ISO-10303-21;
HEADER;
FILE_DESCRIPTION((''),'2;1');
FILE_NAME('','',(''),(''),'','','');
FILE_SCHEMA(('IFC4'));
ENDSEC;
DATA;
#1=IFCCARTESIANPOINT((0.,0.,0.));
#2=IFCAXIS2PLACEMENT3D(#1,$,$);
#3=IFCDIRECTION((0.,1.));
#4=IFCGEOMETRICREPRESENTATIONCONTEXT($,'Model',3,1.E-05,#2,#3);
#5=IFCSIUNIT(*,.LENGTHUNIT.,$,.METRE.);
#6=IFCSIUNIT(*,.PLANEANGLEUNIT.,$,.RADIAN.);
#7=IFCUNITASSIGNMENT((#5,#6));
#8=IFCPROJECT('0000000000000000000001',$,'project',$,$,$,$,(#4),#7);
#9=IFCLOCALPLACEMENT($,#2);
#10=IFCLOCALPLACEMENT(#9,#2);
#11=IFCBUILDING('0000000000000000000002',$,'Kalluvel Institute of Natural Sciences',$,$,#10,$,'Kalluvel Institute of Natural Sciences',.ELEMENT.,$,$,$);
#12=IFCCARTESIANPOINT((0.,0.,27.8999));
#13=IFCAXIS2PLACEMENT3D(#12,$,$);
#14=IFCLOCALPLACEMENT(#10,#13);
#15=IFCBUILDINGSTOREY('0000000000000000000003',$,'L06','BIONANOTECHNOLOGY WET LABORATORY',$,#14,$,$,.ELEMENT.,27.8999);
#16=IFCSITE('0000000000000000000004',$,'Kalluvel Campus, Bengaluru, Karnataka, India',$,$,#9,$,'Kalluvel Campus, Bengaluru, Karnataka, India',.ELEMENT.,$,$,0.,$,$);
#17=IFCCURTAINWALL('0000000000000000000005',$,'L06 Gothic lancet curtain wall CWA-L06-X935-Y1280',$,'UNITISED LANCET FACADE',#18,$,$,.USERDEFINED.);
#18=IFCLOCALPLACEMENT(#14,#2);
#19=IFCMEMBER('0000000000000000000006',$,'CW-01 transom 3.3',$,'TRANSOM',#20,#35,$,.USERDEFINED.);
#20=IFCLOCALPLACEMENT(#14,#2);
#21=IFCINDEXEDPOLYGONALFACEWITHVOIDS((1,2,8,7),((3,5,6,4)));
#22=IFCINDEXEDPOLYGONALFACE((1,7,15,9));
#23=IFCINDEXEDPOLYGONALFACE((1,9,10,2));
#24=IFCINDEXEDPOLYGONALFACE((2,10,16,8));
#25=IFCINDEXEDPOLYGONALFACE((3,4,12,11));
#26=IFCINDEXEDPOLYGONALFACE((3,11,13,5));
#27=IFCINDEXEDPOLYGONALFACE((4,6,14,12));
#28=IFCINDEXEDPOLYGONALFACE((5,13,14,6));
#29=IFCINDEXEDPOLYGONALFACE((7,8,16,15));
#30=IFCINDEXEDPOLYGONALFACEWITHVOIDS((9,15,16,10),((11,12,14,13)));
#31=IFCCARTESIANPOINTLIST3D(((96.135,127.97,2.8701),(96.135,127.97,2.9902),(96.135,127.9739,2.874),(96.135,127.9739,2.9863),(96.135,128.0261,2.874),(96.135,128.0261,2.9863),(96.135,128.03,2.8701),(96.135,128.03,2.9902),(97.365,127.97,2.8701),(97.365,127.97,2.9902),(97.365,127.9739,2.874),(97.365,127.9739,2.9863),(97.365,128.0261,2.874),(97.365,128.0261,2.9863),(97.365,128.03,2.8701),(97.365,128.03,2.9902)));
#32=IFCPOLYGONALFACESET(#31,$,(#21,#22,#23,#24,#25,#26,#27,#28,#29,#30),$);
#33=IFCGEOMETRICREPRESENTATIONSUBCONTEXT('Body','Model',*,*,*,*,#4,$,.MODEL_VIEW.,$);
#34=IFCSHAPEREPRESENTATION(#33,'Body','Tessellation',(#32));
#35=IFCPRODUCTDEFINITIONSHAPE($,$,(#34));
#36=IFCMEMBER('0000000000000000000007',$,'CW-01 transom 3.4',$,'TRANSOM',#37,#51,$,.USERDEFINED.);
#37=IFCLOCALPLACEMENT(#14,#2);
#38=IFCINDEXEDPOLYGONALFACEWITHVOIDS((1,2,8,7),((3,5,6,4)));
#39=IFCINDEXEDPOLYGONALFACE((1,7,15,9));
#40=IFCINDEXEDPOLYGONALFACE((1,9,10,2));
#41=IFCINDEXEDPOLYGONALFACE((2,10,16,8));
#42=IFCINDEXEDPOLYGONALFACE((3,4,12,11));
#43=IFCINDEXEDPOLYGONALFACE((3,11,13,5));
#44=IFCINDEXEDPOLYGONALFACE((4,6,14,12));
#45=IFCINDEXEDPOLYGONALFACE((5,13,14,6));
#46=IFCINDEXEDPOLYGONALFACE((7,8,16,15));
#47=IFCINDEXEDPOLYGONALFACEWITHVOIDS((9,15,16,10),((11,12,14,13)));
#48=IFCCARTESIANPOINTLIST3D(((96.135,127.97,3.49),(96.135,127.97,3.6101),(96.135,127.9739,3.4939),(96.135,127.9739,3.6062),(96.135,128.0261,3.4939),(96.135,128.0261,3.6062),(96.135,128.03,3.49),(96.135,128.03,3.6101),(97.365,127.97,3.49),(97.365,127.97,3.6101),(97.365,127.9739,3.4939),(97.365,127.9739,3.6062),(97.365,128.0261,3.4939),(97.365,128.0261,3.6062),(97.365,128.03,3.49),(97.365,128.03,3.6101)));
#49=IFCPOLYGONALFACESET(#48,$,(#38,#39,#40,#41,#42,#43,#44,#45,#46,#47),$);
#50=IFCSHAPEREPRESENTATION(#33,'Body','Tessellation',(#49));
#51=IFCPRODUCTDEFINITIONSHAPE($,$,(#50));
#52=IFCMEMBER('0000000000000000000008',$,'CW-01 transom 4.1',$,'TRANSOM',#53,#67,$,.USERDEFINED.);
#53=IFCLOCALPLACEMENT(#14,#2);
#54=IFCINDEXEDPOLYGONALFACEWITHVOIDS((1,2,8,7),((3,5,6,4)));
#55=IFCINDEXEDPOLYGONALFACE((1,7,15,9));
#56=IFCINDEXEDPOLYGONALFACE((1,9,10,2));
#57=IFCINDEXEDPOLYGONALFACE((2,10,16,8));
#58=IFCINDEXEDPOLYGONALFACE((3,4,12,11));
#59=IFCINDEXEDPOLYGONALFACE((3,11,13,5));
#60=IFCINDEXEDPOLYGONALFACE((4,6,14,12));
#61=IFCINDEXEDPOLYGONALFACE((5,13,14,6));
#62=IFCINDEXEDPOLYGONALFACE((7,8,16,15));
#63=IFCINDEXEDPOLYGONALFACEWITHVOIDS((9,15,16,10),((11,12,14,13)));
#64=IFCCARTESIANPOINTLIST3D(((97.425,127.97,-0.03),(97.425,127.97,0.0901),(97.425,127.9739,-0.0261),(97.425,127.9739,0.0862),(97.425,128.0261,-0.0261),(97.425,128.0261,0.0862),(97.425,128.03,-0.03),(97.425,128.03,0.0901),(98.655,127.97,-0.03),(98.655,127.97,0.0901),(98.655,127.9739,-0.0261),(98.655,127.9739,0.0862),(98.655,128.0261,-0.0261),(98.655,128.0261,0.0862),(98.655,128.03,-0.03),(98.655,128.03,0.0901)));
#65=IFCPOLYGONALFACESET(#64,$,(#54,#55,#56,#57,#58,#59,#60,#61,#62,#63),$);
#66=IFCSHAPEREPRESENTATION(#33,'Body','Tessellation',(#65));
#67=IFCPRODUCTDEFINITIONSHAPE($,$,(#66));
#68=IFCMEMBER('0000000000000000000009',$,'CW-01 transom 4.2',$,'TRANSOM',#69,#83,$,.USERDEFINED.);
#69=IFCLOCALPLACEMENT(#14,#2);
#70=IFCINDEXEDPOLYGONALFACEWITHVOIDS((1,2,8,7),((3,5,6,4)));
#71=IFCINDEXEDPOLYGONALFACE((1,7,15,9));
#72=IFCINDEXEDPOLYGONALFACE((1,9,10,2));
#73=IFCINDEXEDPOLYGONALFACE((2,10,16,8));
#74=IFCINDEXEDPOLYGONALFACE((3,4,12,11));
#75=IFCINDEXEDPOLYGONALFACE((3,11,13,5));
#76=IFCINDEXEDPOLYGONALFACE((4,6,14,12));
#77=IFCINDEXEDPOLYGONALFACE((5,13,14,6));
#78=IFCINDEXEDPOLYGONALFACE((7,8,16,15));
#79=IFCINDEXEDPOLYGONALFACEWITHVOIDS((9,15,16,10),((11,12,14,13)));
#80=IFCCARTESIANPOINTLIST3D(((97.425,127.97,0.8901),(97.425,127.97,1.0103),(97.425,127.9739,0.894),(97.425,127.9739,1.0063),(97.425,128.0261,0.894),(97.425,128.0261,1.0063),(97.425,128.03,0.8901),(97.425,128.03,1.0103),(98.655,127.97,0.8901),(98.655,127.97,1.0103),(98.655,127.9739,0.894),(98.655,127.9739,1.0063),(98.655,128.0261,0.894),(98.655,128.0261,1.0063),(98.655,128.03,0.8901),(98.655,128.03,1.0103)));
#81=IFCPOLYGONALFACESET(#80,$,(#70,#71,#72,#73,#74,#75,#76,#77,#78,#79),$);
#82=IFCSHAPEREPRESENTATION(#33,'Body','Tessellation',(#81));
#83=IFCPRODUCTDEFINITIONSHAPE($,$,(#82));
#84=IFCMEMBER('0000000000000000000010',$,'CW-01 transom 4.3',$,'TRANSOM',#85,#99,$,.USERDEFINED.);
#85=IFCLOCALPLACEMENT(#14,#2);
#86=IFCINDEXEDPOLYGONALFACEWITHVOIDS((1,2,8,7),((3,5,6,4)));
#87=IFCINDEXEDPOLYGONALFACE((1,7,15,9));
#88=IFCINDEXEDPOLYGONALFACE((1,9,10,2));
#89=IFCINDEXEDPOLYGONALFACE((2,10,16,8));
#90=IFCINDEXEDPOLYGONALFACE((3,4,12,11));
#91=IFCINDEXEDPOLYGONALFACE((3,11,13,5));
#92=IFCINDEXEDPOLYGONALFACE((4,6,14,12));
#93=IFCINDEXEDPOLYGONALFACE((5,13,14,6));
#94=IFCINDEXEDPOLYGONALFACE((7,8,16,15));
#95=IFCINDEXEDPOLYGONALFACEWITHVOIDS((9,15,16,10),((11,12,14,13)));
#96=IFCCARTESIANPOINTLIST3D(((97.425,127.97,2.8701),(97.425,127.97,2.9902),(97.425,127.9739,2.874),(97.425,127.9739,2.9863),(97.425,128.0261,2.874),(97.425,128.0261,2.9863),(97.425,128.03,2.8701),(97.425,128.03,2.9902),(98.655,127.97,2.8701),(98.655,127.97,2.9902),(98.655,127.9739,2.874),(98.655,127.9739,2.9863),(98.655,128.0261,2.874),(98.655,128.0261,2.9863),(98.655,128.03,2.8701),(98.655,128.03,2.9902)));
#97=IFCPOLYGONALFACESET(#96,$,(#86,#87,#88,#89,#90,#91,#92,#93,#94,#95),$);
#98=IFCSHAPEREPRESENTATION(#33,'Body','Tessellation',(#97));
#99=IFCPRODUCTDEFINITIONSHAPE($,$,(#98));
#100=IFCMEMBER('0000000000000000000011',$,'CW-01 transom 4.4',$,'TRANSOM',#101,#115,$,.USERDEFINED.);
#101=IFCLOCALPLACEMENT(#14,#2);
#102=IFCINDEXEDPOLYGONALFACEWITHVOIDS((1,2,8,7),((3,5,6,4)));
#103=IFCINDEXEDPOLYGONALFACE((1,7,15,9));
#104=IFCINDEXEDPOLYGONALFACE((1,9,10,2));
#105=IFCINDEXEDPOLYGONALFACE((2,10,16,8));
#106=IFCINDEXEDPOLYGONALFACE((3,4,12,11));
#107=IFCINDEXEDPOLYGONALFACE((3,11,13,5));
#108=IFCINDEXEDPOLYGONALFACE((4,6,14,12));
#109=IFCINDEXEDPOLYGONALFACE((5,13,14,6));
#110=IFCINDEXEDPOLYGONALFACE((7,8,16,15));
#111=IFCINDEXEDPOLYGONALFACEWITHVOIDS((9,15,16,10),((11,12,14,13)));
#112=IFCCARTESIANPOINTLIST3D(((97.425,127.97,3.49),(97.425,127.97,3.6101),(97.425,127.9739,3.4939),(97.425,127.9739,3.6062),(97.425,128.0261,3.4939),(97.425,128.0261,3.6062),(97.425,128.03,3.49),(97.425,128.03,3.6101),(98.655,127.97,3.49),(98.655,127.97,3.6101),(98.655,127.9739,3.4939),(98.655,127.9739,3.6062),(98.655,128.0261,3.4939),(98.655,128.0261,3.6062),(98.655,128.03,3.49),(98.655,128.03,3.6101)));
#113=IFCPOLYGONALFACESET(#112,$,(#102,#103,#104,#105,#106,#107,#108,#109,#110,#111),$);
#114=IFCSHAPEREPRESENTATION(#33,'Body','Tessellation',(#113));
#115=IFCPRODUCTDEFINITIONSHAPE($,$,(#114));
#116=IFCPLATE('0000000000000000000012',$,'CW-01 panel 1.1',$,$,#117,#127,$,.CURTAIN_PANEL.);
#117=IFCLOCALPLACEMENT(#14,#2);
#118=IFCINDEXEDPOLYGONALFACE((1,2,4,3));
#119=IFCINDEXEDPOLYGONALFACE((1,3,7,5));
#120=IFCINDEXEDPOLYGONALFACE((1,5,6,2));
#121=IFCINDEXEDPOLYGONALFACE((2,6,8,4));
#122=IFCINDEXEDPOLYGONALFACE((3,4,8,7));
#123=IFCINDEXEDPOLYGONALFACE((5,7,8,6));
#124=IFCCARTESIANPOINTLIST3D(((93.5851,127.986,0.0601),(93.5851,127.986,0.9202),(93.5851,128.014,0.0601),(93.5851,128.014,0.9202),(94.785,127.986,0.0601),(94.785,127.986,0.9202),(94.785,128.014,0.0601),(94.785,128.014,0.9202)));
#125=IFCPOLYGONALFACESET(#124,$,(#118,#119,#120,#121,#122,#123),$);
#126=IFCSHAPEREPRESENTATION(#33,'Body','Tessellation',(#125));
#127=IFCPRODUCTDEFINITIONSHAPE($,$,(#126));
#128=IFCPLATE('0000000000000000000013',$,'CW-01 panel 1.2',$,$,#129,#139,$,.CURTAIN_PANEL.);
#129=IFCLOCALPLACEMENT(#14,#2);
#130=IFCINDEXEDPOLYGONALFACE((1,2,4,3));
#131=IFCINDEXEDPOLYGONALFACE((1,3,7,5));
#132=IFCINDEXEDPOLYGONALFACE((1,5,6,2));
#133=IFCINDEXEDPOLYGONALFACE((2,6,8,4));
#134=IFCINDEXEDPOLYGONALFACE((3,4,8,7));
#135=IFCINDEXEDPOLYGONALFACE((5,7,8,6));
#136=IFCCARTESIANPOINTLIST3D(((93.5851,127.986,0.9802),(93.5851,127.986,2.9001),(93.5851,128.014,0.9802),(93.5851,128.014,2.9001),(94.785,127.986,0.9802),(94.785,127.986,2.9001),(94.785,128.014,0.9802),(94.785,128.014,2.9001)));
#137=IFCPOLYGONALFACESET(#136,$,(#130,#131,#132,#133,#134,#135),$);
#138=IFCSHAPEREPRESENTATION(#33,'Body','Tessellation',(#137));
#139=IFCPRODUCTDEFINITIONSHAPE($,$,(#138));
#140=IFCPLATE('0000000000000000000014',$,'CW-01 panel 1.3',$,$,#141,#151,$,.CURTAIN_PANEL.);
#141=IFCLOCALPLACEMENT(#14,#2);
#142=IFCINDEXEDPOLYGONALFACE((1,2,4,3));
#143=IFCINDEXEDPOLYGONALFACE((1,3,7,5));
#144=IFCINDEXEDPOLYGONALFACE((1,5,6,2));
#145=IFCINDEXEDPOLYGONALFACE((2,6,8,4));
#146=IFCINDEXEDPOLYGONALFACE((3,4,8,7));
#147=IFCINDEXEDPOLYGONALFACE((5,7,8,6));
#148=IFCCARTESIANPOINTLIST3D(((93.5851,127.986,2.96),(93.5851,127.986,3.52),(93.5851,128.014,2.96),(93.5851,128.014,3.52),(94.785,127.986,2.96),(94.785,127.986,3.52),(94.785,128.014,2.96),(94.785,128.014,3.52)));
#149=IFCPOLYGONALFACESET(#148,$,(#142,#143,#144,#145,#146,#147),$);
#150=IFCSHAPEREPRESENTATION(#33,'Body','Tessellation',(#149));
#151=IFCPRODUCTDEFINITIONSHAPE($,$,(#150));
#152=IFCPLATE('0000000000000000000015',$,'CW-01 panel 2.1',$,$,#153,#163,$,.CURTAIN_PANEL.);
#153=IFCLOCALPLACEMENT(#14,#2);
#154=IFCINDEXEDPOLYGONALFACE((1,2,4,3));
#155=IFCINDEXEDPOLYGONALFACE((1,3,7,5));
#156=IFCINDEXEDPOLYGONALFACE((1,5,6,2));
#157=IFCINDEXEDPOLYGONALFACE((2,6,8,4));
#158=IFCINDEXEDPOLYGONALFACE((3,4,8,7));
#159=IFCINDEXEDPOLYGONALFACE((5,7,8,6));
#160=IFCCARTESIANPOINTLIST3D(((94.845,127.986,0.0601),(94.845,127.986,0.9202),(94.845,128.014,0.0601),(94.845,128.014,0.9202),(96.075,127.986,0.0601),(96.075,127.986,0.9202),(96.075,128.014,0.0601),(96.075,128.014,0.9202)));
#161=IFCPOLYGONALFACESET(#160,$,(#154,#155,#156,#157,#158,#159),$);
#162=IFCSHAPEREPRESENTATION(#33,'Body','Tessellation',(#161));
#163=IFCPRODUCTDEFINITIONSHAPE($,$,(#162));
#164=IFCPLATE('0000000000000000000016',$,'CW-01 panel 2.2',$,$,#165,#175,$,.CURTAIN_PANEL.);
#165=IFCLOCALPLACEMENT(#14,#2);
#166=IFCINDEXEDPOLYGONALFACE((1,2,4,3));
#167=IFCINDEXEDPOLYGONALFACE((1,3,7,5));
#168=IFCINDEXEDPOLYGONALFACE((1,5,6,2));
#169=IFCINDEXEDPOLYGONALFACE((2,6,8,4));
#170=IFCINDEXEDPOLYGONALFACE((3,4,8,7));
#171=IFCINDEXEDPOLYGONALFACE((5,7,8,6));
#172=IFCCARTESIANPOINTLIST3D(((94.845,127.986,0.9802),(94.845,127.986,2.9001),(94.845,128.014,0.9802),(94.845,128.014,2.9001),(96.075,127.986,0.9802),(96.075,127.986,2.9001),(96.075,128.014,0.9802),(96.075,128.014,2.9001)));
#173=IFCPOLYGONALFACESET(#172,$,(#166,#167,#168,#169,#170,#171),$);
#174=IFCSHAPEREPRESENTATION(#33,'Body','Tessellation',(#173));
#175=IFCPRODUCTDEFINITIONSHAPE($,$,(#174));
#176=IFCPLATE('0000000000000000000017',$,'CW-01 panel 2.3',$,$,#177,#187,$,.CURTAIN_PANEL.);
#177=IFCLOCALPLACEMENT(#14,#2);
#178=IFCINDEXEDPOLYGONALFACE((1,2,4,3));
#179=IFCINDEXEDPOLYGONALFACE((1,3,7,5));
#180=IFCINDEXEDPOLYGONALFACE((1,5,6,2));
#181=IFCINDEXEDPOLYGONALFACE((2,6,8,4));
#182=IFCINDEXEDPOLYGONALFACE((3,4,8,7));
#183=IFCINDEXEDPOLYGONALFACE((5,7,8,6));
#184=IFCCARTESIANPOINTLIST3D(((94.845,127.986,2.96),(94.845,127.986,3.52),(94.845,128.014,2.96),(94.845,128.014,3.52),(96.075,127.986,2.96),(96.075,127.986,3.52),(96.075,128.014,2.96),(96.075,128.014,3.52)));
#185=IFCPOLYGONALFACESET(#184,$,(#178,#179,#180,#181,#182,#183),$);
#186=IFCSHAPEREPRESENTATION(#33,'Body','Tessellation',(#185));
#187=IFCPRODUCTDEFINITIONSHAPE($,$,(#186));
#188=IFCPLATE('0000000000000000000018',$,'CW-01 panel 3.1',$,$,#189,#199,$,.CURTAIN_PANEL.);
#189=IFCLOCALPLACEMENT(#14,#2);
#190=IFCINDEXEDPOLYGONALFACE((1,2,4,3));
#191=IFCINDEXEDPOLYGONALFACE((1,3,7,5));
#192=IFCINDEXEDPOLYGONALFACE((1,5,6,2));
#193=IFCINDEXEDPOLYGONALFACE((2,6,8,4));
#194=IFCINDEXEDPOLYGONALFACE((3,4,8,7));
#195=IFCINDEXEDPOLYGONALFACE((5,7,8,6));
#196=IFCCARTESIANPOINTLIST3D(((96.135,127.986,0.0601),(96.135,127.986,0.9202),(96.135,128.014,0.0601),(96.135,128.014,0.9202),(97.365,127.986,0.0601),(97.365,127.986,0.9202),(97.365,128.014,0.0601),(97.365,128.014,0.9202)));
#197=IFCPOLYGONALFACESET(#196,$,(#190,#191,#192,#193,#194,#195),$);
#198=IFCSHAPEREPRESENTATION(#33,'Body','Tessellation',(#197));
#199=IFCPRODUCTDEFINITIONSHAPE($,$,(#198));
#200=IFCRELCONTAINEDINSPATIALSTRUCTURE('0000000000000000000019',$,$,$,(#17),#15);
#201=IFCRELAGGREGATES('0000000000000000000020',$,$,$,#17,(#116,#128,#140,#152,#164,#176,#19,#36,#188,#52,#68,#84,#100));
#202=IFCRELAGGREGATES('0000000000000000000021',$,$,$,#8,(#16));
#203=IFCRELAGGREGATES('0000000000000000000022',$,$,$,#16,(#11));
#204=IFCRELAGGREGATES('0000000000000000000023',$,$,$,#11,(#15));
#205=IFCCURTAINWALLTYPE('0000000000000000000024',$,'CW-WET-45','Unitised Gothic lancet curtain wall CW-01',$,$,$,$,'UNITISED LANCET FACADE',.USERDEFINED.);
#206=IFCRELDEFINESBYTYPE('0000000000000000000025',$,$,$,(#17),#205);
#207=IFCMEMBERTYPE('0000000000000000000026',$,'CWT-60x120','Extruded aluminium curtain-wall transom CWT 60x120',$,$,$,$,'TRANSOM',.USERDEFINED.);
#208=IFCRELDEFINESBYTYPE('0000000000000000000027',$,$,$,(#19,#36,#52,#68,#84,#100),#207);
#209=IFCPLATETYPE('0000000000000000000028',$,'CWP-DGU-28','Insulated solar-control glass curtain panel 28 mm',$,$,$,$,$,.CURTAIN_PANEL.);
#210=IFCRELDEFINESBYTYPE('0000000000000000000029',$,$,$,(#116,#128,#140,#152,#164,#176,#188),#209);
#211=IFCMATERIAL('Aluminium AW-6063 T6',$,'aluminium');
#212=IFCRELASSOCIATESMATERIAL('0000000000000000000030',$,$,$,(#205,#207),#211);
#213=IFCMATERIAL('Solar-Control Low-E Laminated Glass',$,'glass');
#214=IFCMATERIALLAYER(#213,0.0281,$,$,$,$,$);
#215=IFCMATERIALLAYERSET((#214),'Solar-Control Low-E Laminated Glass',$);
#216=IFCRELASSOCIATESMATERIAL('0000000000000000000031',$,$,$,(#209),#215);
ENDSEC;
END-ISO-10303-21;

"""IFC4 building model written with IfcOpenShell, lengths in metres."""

from ifc_helpers import new_model, si_unit, direction, frame, origin, origin_2d, place, context, subcontext, project, spatial, rectangle, hollow_rectangle, extrude, material, layer, layer_set, material_profile, profile_set, type_object, element, aggregate, save


model = new_model("IFC4")

# Units and contexts
model_context = context("Model", 3, precision=1e-05, world=origin(), true_north=direction((0.0, 1.0)))
body_context = subcontext(model_context, "Body", "Model", "MODEL_VIEW")
ifc_project = project(units=[si_unit("LENGTHUNIT", "METRE"), si_unit("PLANEANGLEUNIT", "RADIAN")], contexts=[model_context])

# Site, building, storey
site_placement = place(None, origin())
site = spatial("IfcSite", under=ifc_project, at=site_placement, Name="Kalluvel Campus, Bengaluru, Karnataka, India", LongName="Kalluvel Campus, Bengaluru, Karnataka, India", CompositionType="ELEMENT", RefElevation=0.0)
building_placement = place(site_placement, origin())
building = spatial("IfcBuilding", under=site, at=building_placement, Name="Kalluvel Institute of Natural Sciences", LongName="Kalluvel Institute of Natural Sciences", CompositionType="ELEMENT")
storey_placement = place(building_placement, frame((0.0, 0.0, 27.8999)))
storey = spatial("IfcBuildingStorey", under=building, at=storey_placement, Name="L06", Description="BIONANOTECHNOLOGY WET LABORATORY", CompositionType="ELEMENT", Elevation=27.8999)

# Curtain wall, members, plates
ifc_material_1 = material(Name="Aluminium AW-6063 T6", Category="aluminium")
curtain_wall_type = type_object("IfcCurtainWallType", Name="CW-WET-45", Description="Unitised Gothic lancet curtain wall CW-01", ElementType="UNITISED LANCET FACADE", PredefinedType="USERDEFINED", material=ifc_material_1)
curtain_wall_placement = place(storey_placement, origin())
curtain_wall = element("IfcCurtainWall", 1, at=curtain_wall_placement, inside=storey, type_object=curtain_wall_type, Name="L06 Gothic lancet curtain wall CWA-L06-X935-Y1280", ObjectType="UNITISED LANCET FACADE", PredefinedType="USERDEFINED")
ifc_material_profile_1 = material_profile(ifc_material_1, hollow_rectangle(XDim=0.0601, YDim=0.1201, WallThickness=0.0039, at=origin_2d()), Name="CWT 60x120")
ifc_profile_set_1 = profile_set([ifc_material_profile_1], Name="Aluminium AW-6063 T6")
member_type_1 = type_object("IfcMemberType", Name="CWT-60x120", Description="Extruded aluminium curtain-wall transom CWT 60x120", ElementType="TRANSOM", PredefinedType="USERDEFINED", material=ifc_profile_set_1)
member_1_placement = place(storey_placement, frame((96.135, 128.0, 2.9302), z_axis=(1.0, 0.0, 0.0), x_axis=(0.0, 1.0, 0.0)))
member_1 = element("IfcMember", 2, at=member_1_placement, type_object=member_type_1, Name="CW-01 transom 3.3", ObjectType="TRANSOM", PredefinedType="USERDEFINED", context=body_context, shape_type="SweptSolid", body=[
    extrude(hollow_rectangle(XDim=0.0601, YDim=0.1201, WallThickness=0.0039, at=origin_2d()), origin(), (0.0, 0.0, 1.0), 1.23),
])
member_2_placement = place(storey_placement, frame((96.135, 128.0, 3.55), z_axis=(1.0, 0.0, 0.0), x_axis=(0.0, 1.0, 0.0)))
member_2 = element("IfcMember", 3, at=member_2_placement, type_object=member_type_1, Name="CW-01 transom 3.4", ObjectType="TRANSOM", PredefinedType="USERDEFINED", context=body_context, shape_type="SweptSolid", body=[
    extrude(hollow_rectangle(XDim=0.0601, YDim=0.1201, WallThickness=0.0039, at=origin_2d()), origin(), (0.0, 0.0, 1.0), 1.23),
])
member_3_placement = place(storey_placement, frame((97.425, 128.0, 0.03), z_axis=(1.0, 0.0, 0.0), x_axis=(0.0, 1.0, 0.0)))
member_3 = element("IfcMember", 4, at=member_3_placement, type_object=member_type_1, Name="CW-01 transom 4.1", ObjectType="TRANSOM", PredefinedType="USERDEFINED", context=body_context, shape_type="SweptSolid", body=[
    extrude(hollow_rectangle(XDim=0.0601, YDim=0.1201, WallThickness=0.0039, at=origin_2d()), origin(), (0.0, 0.0, 1.0), 1.23),
])
member_4_placement = place(storey_placement, frame((97.425, 128.0, 0.9502), z_axis=(1.0, 0.0, 0.0), x_axis=(0.0, 1.0, 0.0)))
member_4 = element("IfcMember", 5, at=member_4_placement, type_object=member_type_1, Name="CW-01 transom 4.2", ObjectType="TRANSOM", PredefinedType="USERDEFINED", context=body_context, shape_type="SweptSolid", body=[
    extrude(hollow_rectangle(XDim=0.0601, YDim=0.1201, WallThickness=0.0039, at=origin_2d()), origin(), (0.0, 0.0, 1.0), 1.23),
])
member_5_placement = place(storey_placement, frame((97.425, 128.0, 2.9302), z_axis=(1.0, 0.0, 0.0), x_axis=(0.0, 1.0, 0.0)))
member_5 = element("IfcMember", 6, at=member_5_placement, type_object=member_type_1, Name="CW-01 transom 4.3", ObjectType="TRANSOM", PredefinedType="USERDEFINED", context=body_context, shape_type="SweptSolid", body=[
    extrude(hollow_rectangle(XDim=0.0601, YDim=0.1201, WallThickness=0.0039, at=origin_2d()), origin(), (0.0, 0.0, 1.0), 1.23),
])
member_6_placement = place(storey_placement, frame((97.425, 128.0, 3.55), z_axis=(1.0, 0.0, 0.0), x_axis=(0.0, 1.0, 0.0)))
member_6 = element("IfcMember", 7, at=member_6_placement, type_object=member_type_1, Name="CW-01 transom 4.4", ObjectType="TRANSOM", PredefinedType="USERDEFINED", context=body_context, shape_type="SweptSolid", body=[
    extrude(hollow_rectangle(XDim=0.0601, YDim=0.1201, WallThickness=0.0039, at=origin_2d()), origin(), (0.0, 0.0, 1.0), 1.23),
])
ifc_material_2 = material(Name="Solar-Control Low-E Laminated Glass", Category="glass")
ifc_layer = layer(ifc_material_2, 0.0281)
ifc_layer_set = layer_set([ifc_layer], Name="Solar-Control Low-E Laminated Glass")
plate_type = type_object("IfcPlateType", Name="CWP-DGU-28", Description="Insulated solar-control glass curtain panel 28 mm", PredefinedType="CURTAIN_PANEL", material=ifc_layer_set)
plate_1_placement = place(storey_placement, frame((94.1851, 128.0, 0.0601), z_axis=(0.0, 0.0, 1.0), x_axis=(1.0, 0.0, 0.0)))
plate_1 = element("IfcPlate", 8, at=plate_1_placement, type_object=plate_type, Name="CW-01 panel 1.1", PredefinedType="CURTAIN_PANEL", context=body_context, shape_type="SweptSolid", body=[
    extrude(rectangle(XDim=1.2, YDim=0.0281, at=origin_2d()), origin(), (0.0, 0.0, 1.0), 0.8601),
])
plate_2_placement = place(storey_placement, frame((94.1851, 128.0, 0.9802), z_axis=(0.0, 0.0, 1.0), x_axis=(1.0, 0.0, 0.0)))
plate_2 = element("IfcPlate", 9, at=plate_2_placement, type_object=plate_type, Name="CW-01 panel 1.2", PredefinedType="CURTAIN_PANEL", context=body_context, shape_type="SweptSolid", body=[
    extrude(rectangle(XDim=1.2, YDim=0.0281, at=origin_2d()), origin(), (0.0, 0.0, 1.0), 1.9199),
])
plate_3_placement = place(storey_placement, frame((94.1851, 128.0, 2.96), z_axis=(0.0, 0.0, 1.0), x_axis=(1.0, 0.0, 0.0)))
plate_3 = element("IfcPlate", 10, at=plate_3_placement, type_object=plate_type, Name="CW-01 panel 1.3", PredefinedType="CURTAIN_PANEL", context=body_context, shape_type="SweptSolid", body=[
    extrude(rectangle(XDim=1.2, YDim=0.0281, at=origin_2d()), origin(), (0.0, 0.0, 1.0), 0.5601),
])
plate_4_placement = place(storey_placement, frame((95.46, 128.0, 0.0601), z_axis=(0.0, 0.0, 1.0), x_axis=(1.0, 0.0, 0.0)))
plate_4 = element("IfcPlate", 11, at=plate_4_placement, type_object=plate_type, Name="CW-01 panel 2.1", PredefinedType="CURTAIN_PANEL", context=body_context, shape_type="SweptSolid", body=[
    extrude(rectangle(XDim=1.23, YDim=0.0281, at=origin_2d()), origin(), (0.0, 0.0, 1.0), 0.8601),
])
plate_5_placement = place(storey_placement, frame((95.46, 128.0, 0.9802), z_axis=(0.0, 0.0, 1.0), x_axis=(1.0, 0.0, 0.0)))
plate_5 = element("IfcPlate", 12, at=plate_5_placement, type_object=plate_type, Name="CW-01 panel 2.2", PredefinedType="CURTAIN_PANEL", context=body_context, shape_type="SweptSolid", body=[
    extrude(rectangle(XDim=1.23, YDim=0.0281, at=origin_2d()), origin(), (0.0, 0.0, 1.0), 1.9199),
])
plate_6_placement = place(storey_placement, frame((95.46, 128.0, 2.96), z_axis=(0.0, 0.0, 1.0), x_axis=(1.0, 0.0, 0.0)))
plate_6 = element("IfcPlate", 13, at=plate_6_placement, type_object=plate_type, Name="CW-01 panel 2.3", PredefinedType="CURTAIN_PANEL", context=body_context, shape_type="SweptSolid", body=[
    extrude(rectangle(XDim=1.23, YDim=0.0281, at=origin_2d()), origin(), (0.0, 0.0, 1.0), 0.5601),
])
plate_7_placement = place(storey_placement, frame((96.75, 128.0, 0.0601), z_axis=(0.0, 0.0, 1.0), x_axis=(1.0, 0.0, 0.0)))
plate_7 = element("IfcPlate", 14, at=plate_7_placement, type_object=plate_type, Name="CW-01 panel 3.1", PredefinedType="CURTAIN_PANEL", context=body_context, shape_type="SweptSolid", body=[
    extrude(rectangle(XDim=1.23, YDim=0.0281, at=origin_2d()), origin(), (0.0, 0.0, 1.0), 0.8601),
])
aggregate(curtain_wall, [plate_1, plate_2, plate_3, plate_4, plate_5, plate_6, member_1, member_2, plate_7, member_3, member_4, member_5, member_6])

save(model, "model.ifc")
